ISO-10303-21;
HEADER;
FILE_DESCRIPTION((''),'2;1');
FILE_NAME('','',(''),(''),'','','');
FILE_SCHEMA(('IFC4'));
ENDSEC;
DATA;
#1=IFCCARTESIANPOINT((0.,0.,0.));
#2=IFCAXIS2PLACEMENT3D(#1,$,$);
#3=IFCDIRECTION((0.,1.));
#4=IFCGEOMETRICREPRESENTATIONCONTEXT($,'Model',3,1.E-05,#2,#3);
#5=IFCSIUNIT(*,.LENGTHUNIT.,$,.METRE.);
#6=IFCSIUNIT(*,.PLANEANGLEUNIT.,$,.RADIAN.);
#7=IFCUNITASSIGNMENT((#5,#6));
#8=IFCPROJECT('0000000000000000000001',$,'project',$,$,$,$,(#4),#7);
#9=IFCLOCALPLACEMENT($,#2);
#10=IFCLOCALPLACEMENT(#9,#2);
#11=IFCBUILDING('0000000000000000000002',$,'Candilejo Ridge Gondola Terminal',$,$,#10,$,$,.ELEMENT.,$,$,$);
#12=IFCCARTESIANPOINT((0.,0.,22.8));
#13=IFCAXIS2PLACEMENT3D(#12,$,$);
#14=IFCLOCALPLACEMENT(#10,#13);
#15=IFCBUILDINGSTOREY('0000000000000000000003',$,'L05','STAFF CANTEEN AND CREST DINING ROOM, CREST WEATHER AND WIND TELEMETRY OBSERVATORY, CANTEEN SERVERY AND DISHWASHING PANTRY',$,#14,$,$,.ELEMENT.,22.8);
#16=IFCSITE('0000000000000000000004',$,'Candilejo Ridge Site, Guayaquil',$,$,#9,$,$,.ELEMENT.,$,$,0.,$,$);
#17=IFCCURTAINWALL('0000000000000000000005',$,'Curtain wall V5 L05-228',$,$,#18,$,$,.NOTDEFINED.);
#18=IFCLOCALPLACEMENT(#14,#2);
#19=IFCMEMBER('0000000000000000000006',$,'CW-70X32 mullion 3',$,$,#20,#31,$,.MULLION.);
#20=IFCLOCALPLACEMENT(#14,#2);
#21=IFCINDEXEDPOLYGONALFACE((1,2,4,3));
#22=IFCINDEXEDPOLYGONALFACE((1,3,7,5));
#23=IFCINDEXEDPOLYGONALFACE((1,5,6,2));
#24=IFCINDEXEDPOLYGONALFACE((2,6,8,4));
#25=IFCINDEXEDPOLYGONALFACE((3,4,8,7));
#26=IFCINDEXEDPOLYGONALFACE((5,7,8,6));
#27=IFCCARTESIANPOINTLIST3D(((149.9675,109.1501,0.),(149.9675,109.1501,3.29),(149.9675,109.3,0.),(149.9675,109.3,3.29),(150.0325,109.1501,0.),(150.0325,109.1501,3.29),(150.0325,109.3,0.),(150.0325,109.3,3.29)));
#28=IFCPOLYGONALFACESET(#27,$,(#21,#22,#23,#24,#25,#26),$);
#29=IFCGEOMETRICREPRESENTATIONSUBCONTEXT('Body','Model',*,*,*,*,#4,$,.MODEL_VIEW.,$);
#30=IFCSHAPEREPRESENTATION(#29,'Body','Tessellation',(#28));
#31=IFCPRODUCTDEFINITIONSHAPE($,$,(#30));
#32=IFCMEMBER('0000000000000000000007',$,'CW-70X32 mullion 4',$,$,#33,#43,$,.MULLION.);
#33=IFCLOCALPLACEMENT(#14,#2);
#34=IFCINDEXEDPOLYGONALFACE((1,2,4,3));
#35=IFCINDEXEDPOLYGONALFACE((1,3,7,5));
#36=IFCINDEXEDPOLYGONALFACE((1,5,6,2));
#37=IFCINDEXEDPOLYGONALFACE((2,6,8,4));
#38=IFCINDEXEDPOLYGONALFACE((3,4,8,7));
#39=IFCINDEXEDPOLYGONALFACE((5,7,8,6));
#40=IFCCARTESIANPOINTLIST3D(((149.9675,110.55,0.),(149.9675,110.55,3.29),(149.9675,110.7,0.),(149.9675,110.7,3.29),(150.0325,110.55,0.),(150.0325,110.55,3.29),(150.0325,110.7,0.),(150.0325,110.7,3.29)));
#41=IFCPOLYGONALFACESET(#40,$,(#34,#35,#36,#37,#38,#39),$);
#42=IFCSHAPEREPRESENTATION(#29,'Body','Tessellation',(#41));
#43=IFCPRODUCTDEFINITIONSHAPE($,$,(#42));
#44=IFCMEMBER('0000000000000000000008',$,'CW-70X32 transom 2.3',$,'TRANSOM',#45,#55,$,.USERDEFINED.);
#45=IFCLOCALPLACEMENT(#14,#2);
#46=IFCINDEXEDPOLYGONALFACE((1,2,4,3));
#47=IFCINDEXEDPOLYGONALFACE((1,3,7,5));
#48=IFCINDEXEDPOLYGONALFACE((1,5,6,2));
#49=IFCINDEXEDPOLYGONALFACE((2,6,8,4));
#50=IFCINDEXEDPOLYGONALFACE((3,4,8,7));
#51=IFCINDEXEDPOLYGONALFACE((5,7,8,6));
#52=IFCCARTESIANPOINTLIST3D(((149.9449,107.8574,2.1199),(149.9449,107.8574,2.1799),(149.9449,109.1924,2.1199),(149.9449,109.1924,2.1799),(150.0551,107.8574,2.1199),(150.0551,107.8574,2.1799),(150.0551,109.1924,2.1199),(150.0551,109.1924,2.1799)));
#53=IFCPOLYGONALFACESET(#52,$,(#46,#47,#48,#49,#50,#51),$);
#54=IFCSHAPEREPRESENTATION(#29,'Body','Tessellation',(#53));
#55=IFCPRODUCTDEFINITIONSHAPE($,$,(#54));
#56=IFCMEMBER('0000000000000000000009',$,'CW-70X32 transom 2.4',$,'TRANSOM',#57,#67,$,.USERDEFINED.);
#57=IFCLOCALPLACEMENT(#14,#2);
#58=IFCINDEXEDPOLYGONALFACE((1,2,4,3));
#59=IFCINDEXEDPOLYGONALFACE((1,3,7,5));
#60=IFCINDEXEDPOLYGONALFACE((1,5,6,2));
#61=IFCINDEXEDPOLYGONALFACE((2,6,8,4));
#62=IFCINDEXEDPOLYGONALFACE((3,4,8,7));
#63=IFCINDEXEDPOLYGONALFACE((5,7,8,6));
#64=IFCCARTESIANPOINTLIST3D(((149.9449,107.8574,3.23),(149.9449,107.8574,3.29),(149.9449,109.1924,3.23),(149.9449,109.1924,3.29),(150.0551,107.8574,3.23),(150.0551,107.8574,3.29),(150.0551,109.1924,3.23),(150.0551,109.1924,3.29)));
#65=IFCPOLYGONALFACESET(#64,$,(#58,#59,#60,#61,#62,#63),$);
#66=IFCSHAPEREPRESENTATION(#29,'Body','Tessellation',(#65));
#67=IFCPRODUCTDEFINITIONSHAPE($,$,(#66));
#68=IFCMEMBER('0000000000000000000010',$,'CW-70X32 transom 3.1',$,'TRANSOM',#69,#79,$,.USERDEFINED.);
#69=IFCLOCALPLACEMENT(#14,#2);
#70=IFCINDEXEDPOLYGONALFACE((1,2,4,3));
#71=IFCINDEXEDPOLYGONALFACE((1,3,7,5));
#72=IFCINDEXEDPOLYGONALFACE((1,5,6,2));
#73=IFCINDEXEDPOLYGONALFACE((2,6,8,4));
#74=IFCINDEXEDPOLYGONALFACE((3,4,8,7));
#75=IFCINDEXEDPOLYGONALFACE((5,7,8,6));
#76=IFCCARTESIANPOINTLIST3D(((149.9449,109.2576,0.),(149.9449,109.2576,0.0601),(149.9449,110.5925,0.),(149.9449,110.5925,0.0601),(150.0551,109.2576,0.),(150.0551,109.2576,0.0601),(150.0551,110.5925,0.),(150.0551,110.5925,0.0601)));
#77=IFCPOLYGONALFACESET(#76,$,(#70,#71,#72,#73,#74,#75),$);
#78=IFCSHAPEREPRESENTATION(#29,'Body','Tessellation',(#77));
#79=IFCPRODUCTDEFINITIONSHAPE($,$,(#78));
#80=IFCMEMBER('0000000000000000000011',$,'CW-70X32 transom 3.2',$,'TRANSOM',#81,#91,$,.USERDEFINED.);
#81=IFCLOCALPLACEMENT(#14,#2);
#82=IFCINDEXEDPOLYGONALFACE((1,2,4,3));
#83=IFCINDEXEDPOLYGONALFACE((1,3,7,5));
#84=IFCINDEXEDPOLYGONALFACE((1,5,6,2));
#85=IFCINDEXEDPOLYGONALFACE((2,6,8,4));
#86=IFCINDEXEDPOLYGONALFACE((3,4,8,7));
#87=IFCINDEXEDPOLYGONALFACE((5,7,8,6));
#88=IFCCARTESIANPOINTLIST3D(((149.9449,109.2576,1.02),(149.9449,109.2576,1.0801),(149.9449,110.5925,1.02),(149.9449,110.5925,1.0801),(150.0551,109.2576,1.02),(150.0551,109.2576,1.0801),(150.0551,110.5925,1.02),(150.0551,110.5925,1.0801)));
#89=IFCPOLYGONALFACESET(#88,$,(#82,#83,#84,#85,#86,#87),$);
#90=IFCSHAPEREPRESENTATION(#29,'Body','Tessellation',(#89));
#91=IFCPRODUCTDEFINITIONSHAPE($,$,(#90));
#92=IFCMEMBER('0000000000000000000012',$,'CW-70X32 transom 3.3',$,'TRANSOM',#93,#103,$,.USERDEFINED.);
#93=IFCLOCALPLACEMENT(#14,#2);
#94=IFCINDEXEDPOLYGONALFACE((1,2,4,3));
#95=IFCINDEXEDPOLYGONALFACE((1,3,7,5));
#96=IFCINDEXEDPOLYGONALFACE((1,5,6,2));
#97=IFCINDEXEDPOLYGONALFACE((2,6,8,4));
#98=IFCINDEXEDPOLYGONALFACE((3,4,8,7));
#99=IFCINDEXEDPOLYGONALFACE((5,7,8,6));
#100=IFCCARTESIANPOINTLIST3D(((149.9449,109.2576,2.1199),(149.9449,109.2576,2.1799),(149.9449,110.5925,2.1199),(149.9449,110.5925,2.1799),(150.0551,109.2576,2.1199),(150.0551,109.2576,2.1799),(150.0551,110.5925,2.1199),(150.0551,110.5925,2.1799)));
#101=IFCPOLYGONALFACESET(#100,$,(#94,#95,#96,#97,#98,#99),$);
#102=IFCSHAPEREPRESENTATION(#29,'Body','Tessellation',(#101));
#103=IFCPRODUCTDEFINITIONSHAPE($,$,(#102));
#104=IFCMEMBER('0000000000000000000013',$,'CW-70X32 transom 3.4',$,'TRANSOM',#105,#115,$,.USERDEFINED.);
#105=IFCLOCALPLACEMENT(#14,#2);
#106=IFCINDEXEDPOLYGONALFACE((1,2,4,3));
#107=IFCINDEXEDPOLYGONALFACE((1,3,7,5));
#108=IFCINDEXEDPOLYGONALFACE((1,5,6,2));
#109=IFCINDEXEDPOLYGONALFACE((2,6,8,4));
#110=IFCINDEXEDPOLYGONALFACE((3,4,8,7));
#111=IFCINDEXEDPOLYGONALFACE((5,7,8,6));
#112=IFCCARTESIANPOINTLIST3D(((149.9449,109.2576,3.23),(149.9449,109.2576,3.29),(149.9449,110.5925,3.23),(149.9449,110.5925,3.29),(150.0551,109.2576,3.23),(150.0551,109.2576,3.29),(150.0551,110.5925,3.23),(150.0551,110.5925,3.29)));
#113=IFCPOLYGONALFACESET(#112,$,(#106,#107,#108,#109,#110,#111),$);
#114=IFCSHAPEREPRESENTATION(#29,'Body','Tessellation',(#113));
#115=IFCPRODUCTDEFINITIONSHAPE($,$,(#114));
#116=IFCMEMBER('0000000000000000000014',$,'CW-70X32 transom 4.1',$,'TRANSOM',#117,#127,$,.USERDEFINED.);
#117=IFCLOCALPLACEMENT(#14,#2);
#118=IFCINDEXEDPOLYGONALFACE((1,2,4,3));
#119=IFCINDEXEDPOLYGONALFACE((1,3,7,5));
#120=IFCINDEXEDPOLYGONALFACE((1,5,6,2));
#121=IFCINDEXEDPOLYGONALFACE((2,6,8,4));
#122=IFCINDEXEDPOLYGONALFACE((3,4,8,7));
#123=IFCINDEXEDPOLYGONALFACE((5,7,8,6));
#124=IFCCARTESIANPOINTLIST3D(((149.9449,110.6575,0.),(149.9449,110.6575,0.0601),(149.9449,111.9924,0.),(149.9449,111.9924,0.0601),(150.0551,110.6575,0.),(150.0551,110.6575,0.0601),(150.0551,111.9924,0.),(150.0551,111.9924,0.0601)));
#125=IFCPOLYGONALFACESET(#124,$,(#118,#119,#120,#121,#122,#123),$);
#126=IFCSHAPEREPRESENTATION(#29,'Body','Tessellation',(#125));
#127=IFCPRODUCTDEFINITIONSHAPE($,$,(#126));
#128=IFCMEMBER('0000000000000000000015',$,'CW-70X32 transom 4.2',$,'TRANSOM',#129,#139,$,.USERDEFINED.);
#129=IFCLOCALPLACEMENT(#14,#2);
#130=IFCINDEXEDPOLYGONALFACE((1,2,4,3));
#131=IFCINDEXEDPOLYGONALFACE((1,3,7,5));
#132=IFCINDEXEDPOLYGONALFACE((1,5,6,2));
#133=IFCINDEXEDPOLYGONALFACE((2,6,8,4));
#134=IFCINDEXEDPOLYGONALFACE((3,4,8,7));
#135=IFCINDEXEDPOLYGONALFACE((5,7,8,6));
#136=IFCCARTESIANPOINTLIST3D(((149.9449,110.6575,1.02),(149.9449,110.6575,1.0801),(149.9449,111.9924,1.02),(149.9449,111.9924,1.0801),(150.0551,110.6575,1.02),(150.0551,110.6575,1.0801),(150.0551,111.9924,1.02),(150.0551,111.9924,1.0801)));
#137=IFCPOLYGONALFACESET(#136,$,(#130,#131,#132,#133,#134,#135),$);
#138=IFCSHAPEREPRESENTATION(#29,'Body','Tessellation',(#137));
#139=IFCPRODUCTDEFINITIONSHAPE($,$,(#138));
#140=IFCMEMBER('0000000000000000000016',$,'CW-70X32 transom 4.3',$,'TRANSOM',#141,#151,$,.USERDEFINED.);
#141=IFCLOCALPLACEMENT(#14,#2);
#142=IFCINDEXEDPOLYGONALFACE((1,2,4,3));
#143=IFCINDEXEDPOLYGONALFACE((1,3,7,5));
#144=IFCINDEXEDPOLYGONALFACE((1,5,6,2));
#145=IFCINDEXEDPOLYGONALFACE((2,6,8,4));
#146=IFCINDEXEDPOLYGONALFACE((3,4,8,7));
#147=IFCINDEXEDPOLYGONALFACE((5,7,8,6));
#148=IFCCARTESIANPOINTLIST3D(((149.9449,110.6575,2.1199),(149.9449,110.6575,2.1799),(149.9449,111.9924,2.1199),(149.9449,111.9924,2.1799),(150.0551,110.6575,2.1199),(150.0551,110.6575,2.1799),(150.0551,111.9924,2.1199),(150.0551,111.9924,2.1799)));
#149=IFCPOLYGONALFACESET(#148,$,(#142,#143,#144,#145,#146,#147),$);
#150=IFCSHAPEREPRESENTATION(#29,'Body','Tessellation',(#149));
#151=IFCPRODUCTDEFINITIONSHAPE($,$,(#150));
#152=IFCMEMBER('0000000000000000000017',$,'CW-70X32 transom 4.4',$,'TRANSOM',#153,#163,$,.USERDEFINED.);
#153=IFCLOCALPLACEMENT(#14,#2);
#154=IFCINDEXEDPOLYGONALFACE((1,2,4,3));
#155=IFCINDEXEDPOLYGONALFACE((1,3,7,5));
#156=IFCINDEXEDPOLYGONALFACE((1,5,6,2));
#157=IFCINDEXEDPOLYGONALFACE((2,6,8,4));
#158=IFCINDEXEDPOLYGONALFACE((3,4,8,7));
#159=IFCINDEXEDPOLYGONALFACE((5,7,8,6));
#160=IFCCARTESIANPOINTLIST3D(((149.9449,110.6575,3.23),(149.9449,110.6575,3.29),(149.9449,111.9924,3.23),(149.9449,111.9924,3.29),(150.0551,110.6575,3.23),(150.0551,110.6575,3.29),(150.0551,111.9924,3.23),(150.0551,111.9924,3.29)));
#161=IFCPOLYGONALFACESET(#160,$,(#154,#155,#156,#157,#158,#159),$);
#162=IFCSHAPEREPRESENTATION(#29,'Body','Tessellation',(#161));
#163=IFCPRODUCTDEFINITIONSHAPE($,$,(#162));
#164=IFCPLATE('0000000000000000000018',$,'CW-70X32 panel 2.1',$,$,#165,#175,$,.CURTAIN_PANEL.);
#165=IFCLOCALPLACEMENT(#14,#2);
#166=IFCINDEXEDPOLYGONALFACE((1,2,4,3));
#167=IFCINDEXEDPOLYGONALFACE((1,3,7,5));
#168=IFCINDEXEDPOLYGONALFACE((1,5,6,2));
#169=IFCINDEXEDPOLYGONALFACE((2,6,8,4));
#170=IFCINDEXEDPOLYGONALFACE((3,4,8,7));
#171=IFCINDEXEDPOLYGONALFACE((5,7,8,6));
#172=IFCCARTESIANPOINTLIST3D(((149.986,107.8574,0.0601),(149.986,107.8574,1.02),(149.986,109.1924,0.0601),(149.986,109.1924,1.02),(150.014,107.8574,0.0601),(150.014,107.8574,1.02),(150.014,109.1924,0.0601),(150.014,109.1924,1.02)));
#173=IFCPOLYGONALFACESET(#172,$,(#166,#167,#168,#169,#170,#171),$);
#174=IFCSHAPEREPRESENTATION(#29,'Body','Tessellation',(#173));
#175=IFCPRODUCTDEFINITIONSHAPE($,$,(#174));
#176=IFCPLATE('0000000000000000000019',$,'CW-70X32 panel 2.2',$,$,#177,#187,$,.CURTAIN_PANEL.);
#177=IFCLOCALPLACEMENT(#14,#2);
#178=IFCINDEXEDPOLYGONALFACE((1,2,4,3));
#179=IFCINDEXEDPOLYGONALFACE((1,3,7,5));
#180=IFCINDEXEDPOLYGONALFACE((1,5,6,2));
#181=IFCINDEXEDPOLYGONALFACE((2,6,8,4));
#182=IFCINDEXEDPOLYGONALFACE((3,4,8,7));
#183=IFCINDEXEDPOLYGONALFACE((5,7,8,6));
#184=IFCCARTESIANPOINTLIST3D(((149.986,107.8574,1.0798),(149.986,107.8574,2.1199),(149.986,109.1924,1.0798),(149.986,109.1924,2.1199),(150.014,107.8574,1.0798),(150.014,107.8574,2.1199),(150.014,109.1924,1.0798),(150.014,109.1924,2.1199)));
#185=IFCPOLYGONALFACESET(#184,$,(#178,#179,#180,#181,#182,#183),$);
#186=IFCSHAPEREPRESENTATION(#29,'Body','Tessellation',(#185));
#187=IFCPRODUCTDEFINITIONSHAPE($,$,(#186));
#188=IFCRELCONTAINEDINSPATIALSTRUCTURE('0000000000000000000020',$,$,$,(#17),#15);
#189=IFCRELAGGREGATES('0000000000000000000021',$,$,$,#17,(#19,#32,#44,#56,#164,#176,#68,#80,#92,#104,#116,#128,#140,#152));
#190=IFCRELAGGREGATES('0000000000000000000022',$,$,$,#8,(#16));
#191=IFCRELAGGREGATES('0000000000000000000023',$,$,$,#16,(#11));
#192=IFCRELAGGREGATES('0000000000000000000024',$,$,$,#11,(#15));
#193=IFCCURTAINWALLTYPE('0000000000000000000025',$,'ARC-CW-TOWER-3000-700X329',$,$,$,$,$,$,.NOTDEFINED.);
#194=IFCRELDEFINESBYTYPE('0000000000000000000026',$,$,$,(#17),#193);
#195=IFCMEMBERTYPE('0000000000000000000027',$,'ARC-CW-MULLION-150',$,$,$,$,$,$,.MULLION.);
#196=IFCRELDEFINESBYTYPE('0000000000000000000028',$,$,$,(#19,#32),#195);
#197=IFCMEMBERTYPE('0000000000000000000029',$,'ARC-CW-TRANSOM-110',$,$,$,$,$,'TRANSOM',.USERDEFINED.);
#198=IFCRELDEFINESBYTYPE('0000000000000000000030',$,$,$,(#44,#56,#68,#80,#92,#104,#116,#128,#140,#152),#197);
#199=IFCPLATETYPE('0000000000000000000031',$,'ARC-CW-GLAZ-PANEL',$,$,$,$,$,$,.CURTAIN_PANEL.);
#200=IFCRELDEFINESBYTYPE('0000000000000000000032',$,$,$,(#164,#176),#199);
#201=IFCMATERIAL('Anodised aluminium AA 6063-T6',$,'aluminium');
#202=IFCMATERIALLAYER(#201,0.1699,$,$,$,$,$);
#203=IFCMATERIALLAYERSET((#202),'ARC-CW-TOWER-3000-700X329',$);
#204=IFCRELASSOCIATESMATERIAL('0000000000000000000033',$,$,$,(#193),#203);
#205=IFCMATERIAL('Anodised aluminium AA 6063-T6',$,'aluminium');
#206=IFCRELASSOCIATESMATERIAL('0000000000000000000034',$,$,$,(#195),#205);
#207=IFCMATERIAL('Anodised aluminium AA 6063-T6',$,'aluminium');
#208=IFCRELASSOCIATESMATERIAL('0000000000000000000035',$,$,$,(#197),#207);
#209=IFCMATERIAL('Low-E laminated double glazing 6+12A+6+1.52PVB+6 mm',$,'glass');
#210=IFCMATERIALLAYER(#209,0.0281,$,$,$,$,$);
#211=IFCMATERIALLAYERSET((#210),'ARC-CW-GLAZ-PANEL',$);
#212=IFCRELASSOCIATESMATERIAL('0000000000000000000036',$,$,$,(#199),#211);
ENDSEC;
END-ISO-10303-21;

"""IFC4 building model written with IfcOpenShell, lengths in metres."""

from ifc_helpers import new_model, si_unit, direction, frame, origin, origin_2d, place, context, subcontext, project, spatial, rectangle, extrude, material, layer, layer_set, material_profile, profile_set, type_object, element, aggregate, save


model = new_model("IFC4")

# Units and contexts
model_context = context("Model", 3, precision=1e-05, world=origin(), true_north=direction((0.0, 1.0)))
body_context = subcontext(model_context, "Body", "Model", "MODEL_VIEW")
ifc_project = project(units=[si_unit("LENGTHUNIT", "METRE"), si_unit("PLANEANGLEUNIT", "RADIAN")], contexts=[model_context])

# Site, building, storey
site_placement = place(None, origin())
site = spatial("IfcSite", under=ifc_project, at=site_placement, Name="Candilejo Ridge Site, Guayaquil", CompositionType="ELEMENT", RefElevation=0.0)
building_placement = place(site_placement, origin())
building = spatial("IfcBuilding", under=site, at=building_placement, Name="Candilejo Ridge Gondola Terminal", CompositionType="ELEMENT")
storey_placement = place(building_placement, frame((0.0, 0.0, 22.8)))
storey = spatial("IfcBuildingStorey", under=building, at=storey_placement, Name="L05", Description="STAFF CANTEEN AND CREST DINING ROOM, CREST WEATHER AND WIND TELEMETRY OBSERVATORY, CANTEEN SERVERY AND DISHWASHING PANTRY", CompositionType="ELEMENT", Elevation=22.8)

# Curtain wall, members, plates
ifc_material_1 = material(Name="Anodised aluminium AA 6063-T6", Category="aluminium")
ifc_layer_1 = layer(ifc_material_1, 0.1699)
ifc_layer_set_1 = layer_set([ifc_layer_1], Name="ARC-CW-TOWER-3000-700X329")
curtain_wall_type = type_object("IfcCurtainWallType", Name="ARC-CW-TOWER-3000-700X329", PredefinedType="NOTDEFINED", material=ifc_layer_set_1)
curtain_wall_placement = place(storey_placement, origin())
curtain_wall = element("IfcCurtainWall", 1, at=curtain_wall_placement, inside=storey, type_object=curtain_wall_type, Name="Curtain wall V5 L05-228", PredefinedType="NOTDEFINED")
ifc_material_2 = material(Name="Anodised aluminium AA 6063-T6", Category="aluminium")
ifc_material_profile_1 = material_profile(ifc_material_2, rectangle(XDim=0.0649, YDim=0.1499, at=origin_2d()))
ifc_profile_set_1 = profile_set([ifc_material_profile_1], Name="Anodised aluminium AA 6063-T6")
member_type_1 = type_object("IfcMemberType", Name="ARC-CW-MULLION-150", PredefinedType="MULLION", material=ifc_profile_set_1)
member_1_placement = place(storey_placement, frame((150.0, 109.2251, 0.0), z_axis=(0.0, 0.0, 1.0), x_axis=(-1.0, 0.0, 0.0)))
member_1 = element("IfcMember", 2, at=member_1_placement, type_object=member_type_1, Name="CW-70X32 mullion 3", PredefinedType="MULLION", context=body_context, shape_type="SweptSolid", body=[
    extrude(rectangle(XDim=0.0649, YDim=0.1499, at=origin_2d()), origin(), (0.0, 0.0, 1.0), 3.29),
])
member_2_placement = place(storey_placement, frame((150.0, 110.625, 0.0), z_axis=(0.0, 0.0, 1.0), x_axis=(-1.0, 0.0, 0.0)))
member_2 = element("IfcMember", 3, at=member_2_placement, type_object=member_type_1, Name="CW-70X32 mullion 4", PredefinedType="MULLION", context=body_context, shape_type="SweptSolid", body=[
    extrude(rectangle(XDim=0.0649, YDim=0.1499, at=origin_2d()), origin(), (0.0, 0.0, 1.0), 3.29),
])
ifc_material_3 = material(Name="Anodised aluminium AA 6063-T6", Category="aluminium")
ifc_material_profile_2 = material_profile(ifc_material_3, rectangle(XDim=0.1101, YDim=0.0601, at=origin_2d()))
ifc_profile_set_2 = profile_set([ifc_material_profile_2], Name="Anodised aluminium AA 6063-T6")
member_type_2 = type_object("IfcMemberType", Name="ARC-CW-TRANSOM-110", ElementType="TRANSOM", PredefinedType="USERDEFINED", material=ifc_profile_set_2)
member_3_placement = place(storey_placement, frame((150.0, 107.8574, 2.1499), z_axis=(0.0, 1.0, 0.0), x_axis=(-1.0, 0.0, 0.0)))
member_3 = element("IfcMember", 4, at=member_3_placement, type_object=member_type_2, Name="CW-70X32 transom 2.3", ObjectType="TRANSOM", PredefinedType="USERDEFINED", context=body_context, shape_type="SweptSolid", body=[
    extrude(rectangle(XDim=0.1101, YDim=0.0601, at=origin_2d()), origin(), (0.0, 0.0, 1.0), 1.335),
])
member_4_placement = place(storey_placement, frame((150.0, 107.8574, 3.26), z_axis=(0.0, 1.0, 0.0), x_axis=(-1.0, 0.0, 0.0)))
member_4 = element("IfcMember", 5, at=member_4_placement, type_object=member_type_2, Name="CW-70X32 transom 2.4", ObjectType="TRANSOM", PredefinedType="USERDEFINED", context=body_context, shape_type="SweptSolid", body=[
    extrude(rectangle(XDim=0.1101, YDim=0.0601, at=origin_2d()), origin(), (0.0, 0.0, 1.0), 1.335),
])
member_5_placement = place(storey_placement, frame((150.0, 109.2576, 0.03), z_axis=(0.0, 1.0, 0.0), x_axis=(-1.0, 0.0, 0.0)))
member_5 = element("IfcMember", 6, at=member_5_placement, type_object=member_type_2, Name="CW-70X32 transom 3.1", ObjectType="TRANSOM", PredefinedType="USERDEFINED", context=body_context, shape_type="SweptSolid", body=[
    extrude(rectangle(XDim=0.1101, YDim=0.0601, at=origin_2d()), origin(), (0.0, 0.0, 1.0), 1.335),
])
member_6_placement = place(storey_placement, frame((150.0, 109.2576, 1.05), z_axis=(0.0, 1.0, 0.0), x_axis=(-1.0, 0.0, 0.0)))
member_6 = element("IfcMember", 7, at=member_6_placement, type_object=member_type_2, Name="CW-70X32 transom 3.2", ObjectType="TRANSOM", PredefinedType="USERDEFINED", context=body_context, shape_type="SweptSolid", body=[
    extrude(rectangle(XDim=0.1101, YDim=0.0601, at=origin_2d()), origin(), (0.0, 0.0, 1.0), 1.335),
])
member_7_placement = place(storey_placement, frame((150.0, 109.2576, 2.1499), z_axis=(0.0, 1.0, 0.0), x_axis=(-1.0, 0.0, 0.0)))
member_7 = element("IfcMember", 8, at=member_7_placement, type_object=member_type_2, Name="CW-70X32 transom 3.3", ObjectType="TRANSOM", PredefinedType="USERDEFINED", context=body_context, shape_type="SweptSolid", body=[
    extrude(rectangle(XDim=0.1101, YDim=0.0601, at=origin_2d()), origin(), (0.0, 0.0, 1.0), 1.335),
])
member_8_placement = place(storey_placement, frame((150.0, 109.2576, 3.26), z_axis=(0.0, 1.0, 0.0), x_axis=(-1.0, 0.0, 0.0)))
member_8 = element("IfcMember", 9, at=member_8_placement, type_object=member_type_2, Name="CW-70X32 transom 3.4", ObjectType="TRANSOM", PredefinedType="USERDEFINED", context=body_context, shape_type="SweptSolid", body=[
    extrude(rectangle(XDim=0.1101, YDim=0.0601, at=origin_2d()), origin(), (0.0, 0.0, 1.0), 1.335),
])
member_9_placement = place(storey_placement, frame((150.0, 110.6575, 0.03), z_axis=(0.0, 1.0, 0.0), x_axis=(-1.0, 0.0, 0.0)))
member_9 = element("IfcMember", 10, at=member_9_placement, type_object=member_type_2, Name="CW-70X32 transom 4.1", ObjectType="TRANSOM", PredefinedType="USERDEFINED", context=body_context, shape_type="SweptSolid", body=[
    extrude(rectangle(XDim=0.1101, YDim=0.0601, at=origin_2d()), origin(), (0.0, 0.0, 1.0), 1.335),
])
member_10_placement = place(storey_placement, frame((150.0, 110.6575, 1.05), z_axis=(0.0, 1.0, 0.0), x_axis=(-1.0, 0.0, 0.0)))
member_10 = element("IfcMember", 11, at=member_10_placement, type_object=member_type_2, Name="CW-70X32 transom 4.2", ObjectType="TRANSOM", PredefinedType="USERDEFINED", context=body_context, shape_type="SweptSolid", body=[
    extrude(rectangle(XDim=0.1101, YDim=0.0601, at=origin_2d()), origin(), (0.0, 0.0, 1.0), 1.335),
])
member_11_placement = place(storey_placement, frame((150.0, 110.6575, 2.1499), z_axis=(0.0, 1.0, 0.0), x_axis=(-1.0, 0.0, 0.0)))
member_11 = element("IfcMember", 12, at=member_11_placement, type_object=member_type_2, Name="CW-70X32 transom 4.3", ObjectType="TRANSOM", PredefinedType="USERDEFINED", context=body_context, shape_type="SweptSolid", body=[
    extrude(rectangle(XDim=0.1101, YDim=0.0601, at=origin_2d()), origin(), (0.0, 0.0, 1.0), 1.335),
])
member_12_placement = place(storey_placement, frame((150.0, 110.6575, 3.26), z_axis=(0.0, 1.0, 0.0), x_axis=(-1.0, 0.0, 0.0)))
member_12 = element("IfcMember", 13, at=member_12_placement, type_object=member_type_2, Name="CW-70X32 transom 4.4", ObjectType="TRANSOM", PredefinedType="USERDEFINED", context=body_context, shape_type="SweptSolid", body=[
    extrude(rectangle(XDim=0.1101, YDim=0.0601, at=origin_2d()), origin(), (0.0, 0.0, 1.0), 1.335),
])
ifc_material_4 = material(Name="Low-E laminated double glazing 6+12A+6+1.52PVB+6 mm", Category="glass")
ifc_layer_2 = layer(ifc_material_4, 0.0281)
ifc_layer_set_2 = layer_set([ifc_layer_2], Name="ARC-CW-GLAZ-PANEL")
plate_type = type_object("IfcPlateType", Name="ARC-CW-GLAZ-PANEL", PredefinedType="CURTAIN_PANEL", material=ifc_layer_set_2)
plate_1_placement = place(storey_placement, frame((150.0, 108.5249, 0.0601), z_axis=(0.0, 0.0, 1.0), x_axis=(0.0, 1.0, 0.0)))
plate_1 = element("IfcPlate", 14, at=plate_1_placement, type_object=plate_type, Name="CW-70X32 panel 2.1", PredefinedType="CURTAIN_PANEL", context=body_context, shape_type="SweptSolid", body=[
    extrude(rectangle(XDim=1.335, YDim=0.0281, at=origin_2d()), origin(), (0.0, 0.0, 1.0), 0.96),
])
plate_2_placement = place(storey_placement, frame((150.0, 108.5249, 1.0798), z_axis=(0.0, 0.0, 1.0), x_axis=(0.0, 1.0, 0.0)))
plate_2 = element("IfcPlate", 15, at=plate_2_placement, type_object=plate_type, Name="CW-70X32 panel 2.2", PredefinedType="CURTAIN_PANEL", context=body_context, shape_type="SweptSolid", body=[
    extrude(rectangle(XDim=1.335, YDim=0.0281, at=origin_2d()), origin(), (0.0, 0.0, 1.0), 1.04),
])
aggregate(curtain_wall, [member_1, member_2, member_3, member_4, plate_1, plate_2, member_5, member_6, member_7, member_8, member_9, member_10, member_11, member_12])

save(model, "model.ifc")
